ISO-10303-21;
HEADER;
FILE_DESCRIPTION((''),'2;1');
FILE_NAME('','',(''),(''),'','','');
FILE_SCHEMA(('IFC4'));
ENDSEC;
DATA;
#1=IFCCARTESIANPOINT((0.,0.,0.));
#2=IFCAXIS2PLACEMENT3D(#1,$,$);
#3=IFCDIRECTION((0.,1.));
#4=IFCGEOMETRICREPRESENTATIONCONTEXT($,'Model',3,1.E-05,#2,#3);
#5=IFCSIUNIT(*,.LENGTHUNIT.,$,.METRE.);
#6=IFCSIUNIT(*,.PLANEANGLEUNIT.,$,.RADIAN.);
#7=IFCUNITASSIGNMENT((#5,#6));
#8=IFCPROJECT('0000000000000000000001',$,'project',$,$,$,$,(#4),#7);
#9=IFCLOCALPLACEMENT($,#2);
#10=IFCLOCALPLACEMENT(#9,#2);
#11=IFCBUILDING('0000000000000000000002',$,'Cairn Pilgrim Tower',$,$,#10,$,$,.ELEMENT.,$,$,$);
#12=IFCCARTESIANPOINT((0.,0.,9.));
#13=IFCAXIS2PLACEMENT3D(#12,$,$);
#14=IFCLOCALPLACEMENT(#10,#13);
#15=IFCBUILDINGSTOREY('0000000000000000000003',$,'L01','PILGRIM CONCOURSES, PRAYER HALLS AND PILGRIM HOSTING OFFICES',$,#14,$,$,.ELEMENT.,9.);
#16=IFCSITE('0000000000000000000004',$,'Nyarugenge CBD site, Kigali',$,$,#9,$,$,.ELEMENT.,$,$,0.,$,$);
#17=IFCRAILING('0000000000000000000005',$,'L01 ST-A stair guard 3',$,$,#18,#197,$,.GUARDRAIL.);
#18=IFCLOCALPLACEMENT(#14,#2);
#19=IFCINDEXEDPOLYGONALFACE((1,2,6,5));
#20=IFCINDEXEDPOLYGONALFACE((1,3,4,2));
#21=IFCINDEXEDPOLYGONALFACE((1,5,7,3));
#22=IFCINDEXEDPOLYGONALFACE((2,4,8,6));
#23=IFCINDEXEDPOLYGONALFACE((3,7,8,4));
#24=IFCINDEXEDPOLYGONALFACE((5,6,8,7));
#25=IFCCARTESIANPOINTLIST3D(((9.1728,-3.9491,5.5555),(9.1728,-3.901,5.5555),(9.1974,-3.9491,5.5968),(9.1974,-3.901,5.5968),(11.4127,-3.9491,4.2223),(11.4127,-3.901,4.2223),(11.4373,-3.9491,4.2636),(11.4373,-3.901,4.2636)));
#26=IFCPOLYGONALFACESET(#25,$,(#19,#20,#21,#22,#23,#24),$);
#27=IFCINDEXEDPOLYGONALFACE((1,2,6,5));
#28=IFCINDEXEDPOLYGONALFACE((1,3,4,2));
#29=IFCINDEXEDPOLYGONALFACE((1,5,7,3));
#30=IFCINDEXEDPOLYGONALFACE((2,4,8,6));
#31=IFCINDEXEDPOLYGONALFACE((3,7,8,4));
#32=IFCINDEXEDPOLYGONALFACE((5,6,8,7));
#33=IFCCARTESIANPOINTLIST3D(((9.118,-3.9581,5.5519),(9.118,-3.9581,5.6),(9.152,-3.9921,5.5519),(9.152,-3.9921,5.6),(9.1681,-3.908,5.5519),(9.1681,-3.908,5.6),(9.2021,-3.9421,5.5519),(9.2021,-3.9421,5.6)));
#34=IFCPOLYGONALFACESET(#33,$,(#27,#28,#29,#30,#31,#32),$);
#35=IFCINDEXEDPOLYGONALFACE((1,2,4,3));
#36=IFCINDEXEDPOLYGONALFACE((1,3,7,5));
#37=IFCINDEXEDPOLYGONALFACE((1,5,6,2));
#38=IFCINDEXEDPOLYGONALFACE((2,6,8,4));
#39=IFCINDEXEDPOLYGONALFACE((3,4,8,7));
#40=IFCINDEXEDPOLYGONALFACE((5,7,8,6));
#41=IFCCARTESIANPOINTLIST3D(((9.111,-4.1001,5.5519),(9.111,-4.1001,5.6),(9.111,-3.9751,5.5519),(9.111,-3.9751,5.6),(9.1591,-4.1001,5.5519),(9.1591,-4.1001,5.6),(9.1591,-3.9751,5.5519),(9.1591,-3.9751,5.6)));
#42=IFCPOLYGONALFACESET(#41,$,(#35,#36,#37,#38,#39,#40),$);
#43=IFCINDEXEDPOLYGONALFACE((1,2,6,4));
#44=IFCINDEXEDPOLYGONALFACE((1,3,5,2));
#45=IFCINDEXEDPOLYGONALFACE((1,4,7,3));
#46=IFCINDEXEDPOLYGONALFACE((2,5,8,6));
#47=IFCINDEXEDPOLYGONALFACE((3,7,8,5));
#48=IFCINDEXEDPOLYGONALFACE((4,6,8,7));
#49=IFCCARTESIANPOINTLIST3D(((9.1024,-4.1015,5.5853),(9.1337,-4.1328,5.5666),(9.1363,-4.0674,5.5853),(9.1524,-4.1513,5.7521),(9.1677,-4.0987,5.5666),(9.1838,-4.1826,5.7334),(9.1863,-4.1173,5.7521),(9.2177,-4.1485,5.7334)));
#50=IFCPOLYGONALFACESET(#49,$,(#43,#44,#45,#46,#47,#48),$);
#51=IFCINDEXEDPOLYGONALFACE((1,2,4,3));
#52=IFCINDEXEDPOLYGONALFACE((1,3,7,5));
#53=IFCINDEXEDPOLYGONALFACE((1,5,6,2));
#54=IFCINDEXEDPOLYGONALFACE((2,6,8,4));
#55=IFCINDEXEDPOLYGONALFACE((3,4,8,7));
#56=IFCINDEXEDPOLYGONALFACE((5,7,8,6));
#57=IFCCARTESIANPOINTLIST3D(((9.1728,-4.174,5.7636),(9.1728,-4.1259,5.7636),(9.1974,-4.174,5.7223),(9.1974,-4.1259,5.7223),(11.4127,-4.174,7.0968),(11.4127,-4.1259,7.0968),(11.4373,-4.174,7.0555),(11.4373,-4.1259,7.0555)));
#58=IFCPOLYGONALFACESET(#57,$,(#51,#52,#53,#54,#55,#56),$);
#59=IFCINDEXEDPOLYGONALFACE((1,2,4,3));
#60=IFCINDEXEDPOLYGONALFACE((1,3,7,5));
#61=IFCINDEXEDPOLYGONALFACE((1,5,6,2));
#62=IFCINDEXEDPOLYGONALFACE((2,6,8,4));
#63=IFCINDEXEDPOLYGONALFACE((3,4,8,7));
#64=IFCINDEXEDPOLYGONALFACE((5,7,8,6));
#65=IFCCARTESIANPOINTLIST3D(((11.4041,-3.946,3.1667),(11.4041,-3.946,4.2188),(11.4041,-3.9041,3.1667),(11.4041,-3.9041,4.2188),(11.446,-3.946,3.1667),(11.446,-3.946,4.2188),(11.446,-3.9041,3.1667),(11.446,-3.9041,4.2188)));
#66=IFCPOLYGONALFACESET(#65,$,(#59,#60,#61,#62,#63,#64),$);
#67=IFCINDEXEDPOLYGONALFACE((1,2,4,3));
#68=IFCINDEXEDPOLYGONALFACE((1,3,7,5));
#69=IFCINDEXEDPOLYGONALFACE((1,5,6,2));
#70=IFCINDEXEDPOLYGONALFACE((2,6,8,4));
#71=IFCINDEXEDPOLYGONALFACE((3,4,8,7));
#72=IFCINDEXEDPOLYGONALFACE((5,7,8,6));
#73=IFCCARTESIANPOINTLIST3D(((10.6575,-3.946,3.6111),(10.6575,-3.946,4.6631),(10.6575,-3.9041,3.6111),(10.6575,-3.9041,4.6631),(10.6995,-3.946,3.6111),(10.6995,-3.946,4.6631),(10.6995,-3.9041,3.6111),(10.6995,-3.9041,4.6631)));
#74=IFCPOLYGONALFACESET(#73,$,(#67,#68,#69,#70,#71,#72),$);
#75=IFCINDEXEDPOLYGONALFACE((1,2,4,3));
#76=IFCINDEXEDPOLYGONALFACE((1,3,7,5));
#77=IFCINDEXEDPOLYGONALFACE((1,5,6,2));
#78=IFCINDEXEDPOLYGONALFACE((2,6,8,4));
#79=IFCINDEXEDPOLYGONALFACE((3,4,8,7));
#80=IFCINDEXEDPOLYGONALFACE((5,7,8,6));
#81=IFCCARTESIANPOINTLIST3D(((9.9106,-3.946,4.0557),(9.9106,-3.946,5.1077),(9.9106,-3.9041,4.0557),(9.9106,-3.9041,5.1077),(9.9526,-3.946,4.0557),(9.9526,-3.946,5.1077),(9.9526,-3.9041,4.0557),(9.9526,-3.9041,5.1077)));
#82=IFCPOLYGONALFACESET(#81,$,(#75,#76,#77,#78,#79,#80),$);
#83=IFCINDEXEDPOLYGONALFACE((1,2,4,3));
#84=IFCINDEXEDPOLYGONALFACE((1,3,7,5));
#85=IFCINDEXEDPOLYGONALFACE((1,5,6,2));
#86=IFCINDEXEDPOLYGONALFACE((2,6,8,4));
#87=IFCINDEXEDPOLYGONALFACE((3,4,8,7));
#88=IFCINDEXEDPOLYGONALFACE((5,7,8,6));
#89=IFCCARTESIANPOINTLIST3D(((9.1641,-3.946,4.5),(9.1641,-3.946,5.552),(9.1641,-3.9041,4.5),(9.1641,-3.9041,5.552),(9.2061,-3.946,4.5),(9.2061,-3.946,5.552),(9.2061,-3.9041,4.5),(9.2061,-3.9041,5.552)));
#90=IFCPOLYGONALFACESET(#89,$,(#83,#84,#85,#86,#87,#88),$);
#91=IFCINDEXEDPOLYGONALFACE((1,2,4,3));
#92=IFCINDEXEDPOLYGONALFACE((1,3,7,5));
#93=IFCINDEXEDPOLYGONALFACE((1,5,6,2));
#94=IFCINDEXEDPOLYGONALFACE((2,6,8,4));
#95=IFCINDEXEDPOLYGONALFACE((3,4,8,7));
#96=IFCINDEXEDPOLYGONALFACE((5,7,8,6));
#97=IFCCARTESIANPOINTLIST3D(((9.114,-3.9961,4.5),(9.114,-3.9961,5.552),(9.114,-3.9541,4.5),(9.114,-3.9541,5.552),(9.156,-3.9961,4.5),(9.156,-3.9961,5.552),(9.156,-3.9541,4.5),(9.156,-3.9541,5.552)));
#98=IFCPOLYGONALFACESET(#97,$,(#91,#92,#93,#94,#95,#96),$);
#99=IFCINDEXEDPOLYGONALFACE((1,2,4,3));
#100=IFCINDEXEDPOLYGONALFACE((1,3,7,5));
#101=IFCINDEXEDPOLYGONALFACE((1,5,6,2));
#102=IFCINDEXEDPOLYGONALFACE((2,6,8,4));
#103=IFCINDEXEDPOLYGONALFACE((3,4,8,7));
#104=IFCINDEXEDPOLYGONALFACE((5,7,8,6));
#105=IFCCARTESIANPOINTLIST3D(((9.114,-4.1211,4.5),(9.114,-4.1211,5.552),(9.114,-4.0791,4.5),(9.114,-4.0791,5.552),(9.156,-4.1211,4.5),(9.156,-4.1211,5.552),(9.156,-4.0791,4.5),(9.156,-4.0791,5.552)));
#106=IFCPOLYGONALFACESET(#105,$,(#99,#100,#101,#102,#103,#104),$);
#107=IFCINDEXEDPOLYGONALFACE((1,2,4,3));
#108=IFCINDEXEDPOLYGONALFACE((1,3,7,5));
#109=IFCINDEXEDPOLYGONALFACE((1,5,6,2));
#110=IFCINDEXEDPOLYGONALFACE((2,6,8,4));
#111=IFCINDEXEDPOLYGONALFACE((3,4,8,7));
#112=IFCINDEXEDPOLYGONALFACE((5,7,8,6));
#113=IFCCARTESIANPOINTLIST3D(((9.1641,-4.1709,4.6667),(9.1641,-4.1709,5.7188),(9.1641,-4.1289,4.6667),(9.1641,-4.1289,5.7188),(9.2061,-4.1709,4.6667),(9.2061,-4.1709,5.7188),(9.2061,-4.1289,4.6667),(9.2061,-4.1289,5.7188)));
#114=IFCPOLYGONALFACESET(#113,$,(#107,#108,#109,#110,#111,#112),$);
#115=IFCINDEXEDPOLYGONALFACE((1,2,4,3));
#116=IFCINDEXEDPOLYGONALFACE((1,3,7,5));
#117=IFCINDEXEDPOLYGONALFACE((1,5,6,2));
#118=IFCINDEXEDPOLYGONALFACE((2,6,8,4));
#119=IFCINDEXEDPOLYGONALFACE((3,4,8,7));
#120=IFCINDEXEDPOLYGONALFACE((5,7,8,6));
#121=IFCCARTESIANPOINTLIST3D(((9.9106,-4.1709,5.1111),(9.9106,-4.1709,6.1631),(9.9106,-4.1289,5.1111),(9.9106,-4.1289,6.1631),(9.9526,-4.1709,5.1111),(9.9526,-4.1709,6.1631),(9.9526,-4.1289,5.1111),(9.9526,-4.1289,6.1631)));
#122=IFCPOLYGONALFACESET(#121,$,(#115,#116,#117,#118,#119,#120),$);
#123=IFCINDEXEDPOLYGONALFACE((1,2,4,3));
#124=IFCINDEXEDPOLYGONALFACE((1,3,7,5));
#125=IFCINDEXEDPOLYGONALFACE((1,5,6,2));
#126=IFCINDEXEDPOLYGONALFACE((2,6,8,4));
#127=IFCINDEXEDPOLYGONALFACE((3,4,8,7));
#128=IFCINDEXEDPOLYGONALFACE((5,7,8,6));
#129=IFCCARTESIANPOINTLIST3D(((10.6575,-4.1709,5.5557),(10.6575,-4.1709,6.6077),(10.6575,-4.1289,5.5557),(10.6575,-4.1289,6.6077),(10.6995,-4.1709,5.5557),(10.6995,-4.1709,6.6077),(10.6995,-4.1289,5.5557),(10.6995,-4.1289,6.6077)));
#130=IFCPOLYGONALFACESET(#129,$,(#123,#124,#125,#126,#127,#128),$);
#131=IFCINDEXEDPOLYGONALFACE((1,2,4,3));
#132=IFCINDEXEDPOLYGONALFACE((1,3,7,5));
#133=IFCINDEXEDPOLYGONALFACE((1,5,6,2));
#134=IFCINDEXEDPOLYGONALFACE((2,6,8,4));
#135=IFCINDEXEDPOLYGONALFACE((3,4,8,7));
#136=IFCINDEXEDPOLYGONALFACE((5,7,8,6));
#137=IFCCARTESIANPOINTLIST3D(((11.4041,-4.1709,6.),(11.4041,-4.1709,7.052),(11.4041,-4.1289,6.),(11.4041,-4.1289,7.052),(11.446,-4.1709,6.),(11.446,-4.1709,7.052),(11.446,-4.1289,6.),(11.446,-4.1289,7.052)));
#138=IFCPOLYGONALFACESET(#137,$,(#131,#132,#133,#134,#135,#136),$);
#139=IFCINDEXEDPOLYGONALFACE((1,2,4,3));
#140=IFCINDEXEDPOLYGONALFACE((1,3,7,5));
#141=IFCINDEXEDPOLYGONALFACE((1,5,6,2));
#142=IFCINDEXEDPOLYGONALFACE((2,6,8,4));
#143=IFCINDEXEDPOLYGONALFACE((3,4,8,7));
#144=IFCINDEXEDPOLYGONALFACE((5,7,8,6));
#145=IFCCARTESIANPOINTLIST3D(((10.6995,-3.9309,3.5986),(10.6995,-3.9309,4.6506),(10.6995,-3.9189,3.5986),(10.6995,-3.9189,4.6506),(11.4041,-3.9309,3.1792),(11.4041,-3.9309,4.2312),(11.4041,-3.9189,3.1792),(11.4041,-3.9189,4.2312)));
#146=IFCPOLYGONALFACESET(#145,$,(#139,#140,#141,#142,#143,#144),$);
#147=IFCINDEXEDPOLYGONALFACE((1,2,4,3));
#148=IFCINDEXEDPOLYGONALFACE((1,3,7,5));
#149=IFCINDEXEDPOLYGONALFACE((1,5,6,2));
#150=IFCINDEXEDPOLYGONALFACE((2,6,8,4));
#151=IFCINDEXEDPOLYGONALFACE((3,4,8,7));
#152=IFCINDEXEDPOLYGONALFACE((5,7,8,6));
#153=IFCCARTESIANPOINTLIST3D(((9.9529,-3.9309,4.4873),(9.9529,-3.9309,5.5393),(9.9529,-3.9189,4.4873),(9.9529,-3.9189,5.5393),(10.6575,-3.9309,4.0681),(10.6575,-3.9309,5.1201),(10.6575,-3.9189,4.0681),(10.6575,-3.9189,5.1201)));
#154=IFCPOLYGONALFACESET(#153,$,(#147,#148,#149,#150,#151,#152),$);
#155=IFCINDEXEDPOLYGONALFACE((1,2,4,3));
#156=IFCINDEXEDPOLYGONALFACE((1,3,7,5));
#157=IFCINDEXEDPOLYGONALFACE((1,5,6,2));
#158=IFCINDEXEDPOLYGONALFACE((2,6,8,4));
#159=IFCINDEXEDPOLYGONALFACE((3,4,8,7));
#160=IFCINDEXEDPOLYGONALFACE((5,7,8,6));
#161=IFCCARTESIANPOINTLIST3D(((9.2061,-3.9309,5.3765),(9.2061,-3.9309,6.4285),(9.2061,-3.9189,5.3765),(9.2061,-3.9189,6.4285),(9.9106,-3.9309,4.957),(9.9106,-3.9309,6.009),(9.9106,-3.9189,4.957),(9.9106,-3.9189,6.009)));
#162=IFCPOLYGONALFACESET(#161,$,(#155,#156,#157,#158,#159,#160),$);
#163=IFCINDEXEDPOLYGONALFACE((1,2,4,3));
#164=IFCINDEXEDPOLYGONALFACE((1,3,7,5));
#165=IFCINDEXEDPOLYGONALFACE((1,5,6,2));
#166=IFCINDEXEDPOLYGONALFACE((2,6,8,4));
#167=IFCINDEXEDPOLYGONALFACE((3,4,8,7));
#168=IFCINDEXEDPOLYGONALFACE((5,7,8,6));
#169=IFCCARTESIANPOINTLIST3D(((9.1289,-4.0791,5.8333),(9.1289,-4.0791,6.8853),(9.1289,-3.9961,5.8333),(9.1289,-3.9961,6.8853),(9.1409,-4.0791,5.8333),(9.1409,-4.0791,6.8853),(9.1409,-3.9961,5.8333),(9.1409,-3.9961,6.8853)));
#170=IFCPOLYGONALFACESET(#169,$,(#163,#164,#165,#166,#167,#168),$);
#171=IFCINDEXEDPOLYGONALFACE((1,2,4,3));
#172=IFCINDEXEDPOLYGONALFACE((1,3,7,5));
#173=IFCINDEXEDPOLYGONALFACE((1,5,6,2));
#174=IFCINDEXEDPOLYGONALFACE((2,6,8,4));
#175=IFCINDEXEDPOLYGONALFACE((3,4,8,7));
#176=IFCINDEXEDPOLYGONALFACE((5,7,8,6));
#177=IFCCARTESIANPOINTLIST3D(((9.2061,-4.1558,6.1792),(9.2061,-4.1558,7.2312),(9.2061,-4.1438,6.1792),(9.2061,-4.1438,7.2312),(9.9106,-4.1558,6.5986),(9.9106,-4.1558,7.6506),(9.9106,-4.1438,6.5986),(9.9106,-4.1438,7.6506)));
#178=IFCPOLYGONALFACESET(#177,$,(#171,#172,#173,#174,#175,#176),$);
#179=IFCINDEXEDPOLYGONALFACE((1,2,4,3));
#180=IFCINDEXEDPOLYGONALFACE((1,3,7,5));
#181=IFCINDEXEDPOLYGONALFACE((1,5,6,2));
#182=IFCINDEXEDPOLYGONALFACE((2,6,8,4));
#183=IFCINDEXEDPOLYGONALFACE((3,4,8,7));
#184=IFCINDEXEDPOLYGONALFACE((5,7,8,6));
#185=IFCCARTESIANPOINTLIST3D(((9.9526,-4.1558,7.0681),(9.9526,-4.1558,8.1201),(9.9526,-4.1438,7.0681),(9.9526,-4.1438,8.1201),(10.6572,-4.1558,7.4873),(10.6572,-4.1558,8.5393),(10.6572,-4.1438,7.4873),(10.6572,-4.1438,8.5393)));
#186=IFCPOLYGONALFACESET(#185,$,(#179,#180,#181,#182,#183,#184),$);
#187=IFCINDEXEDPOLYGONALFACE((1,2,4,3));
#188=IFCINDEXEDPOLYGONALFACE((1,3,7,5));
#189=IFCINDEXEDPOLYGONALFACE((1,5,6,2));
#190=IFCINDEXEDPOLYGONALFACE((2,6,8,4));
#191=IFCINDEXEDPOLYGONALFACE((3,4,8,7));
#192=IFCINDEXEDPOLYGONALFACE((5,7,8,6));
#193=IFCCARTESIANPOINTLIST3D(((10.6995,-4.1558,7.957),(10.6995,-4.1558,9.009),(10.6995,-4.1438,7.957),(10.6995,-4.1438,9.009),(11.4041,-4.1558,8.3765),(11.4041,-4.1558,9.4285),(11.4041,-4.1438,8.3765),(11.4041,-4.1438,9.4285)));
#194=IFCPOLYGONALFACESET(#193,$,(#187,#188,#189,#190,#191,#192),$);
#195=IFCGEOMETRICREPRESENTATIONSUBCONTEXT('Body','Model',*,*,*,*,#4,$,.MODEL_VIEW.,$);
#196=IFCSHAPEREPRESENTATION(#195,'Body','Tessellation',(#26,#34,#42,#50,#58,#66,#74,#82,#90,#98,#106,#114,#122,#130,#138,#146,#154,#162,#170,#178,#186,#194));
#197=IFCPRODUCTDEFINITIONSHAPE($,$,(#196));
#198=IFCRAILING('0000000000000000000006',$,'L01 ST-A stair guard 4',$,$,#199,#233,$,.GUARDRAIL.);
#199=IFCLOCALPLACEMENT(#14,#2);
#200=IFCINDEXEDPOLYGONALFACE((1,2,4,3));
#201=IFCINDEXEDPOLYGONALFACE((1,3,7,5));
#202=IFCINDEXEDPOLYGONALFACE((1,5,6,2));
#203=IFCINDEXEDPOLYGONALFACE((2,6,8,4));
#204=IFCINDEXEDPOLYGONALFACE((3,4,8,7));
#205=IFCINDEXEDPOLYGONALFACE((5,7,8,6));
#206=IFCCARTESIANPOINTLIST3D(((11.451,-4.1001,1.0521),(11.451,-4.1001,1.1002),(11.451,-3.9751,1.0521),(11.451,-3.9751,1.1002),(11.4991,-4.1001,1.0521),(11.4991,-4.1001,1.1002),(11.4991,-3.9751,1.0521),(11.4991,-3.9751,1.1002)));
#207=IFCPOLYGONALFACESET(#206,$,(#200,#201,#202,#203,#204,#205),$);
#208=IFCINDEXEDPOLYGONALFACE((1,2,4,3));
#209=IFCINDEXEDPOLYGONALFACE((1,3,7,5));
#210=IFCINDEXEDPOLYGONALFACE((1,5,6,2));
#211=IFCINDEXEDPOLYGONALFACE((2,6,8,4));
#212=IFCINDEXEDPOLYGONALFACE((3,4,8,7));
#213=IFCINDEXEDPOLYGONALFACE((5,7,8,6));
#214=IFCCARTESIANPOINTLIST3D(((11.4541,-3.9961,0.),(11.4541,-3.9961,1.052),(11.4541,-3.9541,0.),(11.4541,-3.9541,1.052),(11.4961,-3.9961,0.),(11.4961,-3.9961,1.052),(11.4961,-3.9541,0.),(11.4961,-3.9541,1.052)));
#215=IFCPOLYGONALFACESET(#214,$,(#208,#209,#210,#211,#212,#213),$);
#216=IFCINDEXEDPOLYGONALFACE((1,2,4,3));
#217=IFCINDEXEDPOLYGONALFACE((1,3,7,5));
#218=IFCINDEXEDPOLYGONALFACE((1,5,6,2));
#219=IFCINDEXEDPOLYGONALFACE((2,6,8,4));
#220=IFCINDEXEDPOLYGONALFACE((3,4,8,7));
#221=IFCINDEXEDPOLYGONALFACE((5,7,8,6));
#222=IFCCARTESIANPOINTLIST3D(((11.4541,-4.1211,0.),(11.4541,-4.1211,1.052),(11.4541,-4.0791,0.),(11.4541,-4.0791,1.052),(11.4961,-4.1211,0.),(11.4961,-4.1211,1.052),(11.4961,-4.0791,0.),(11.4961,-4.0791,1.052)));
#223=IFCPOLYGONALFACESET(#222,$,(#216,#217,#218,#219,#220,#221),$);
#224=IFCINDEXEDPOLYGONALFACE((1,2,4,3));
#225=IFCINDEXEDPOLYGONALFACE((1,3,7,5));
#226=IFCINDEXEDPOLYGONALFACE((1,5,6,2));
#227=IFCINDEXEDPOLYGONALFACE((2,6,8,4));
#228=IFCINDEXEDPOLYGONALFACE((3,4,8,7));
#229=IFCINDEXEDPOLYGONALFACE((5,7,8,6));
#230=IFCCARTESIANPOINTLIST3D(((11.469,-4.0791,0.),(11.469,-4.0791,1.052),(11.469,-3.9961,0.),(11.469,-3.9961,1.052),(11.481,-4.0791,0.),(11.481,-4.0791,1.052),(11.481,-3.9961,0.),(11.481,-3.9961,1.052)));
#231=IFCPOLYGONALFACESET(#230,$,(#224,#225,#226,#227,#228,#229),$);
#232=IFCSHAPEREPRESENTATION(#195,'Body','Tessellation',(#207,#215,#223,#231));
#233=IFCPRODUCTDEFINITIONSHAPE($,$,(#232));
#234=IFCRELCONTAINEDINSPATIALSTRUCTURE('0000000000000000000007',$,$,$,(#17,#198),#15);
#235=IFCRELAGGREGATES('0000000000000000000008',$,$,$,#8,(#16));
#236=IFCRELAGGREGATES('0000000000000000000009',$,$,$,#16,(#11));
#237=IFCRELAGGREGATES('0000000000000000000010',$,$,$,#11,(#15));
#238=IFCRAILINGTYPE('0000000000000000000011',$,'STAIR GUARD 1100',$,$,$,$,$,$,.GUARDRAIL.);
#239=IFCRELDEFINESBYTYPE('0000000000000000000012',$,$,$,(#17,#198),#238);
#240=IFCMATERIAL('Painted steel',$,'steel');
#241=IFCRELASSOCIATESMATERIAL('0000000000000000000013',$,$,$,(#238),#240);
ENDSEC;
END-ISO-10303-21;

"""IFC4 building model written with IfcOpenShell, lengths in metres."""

from ifc_helpers import new_model, si_unit, direction, frame, origin, origin_2d, place, context, subcontext, project, spatial, polyline, rectangle, outline, extrude, material, type_object, element, save


model = new_model("IFC4")

# Units and contexts
model_context = context("Model", 3, precision=1e-05, world=origin(), true_north=direction((0.0, 1.0)))
body_context = subcontext(model_context, "Body", "Model", "MODEL_VIEW")
ifc_project = project(units=[si_unit("LENGTHUNIT", "METRE"), si_unit("PLANEANGLEUNIT", "RADIAN")], contexts=[model_context])

# Site, building, storey
site_placement = place(None, origin())
site = spatial("IfcSite", under=ifc_project, at=site_placement, Name="Nyarugenge CBD site, Kigali", CompositionType="ELEMENT", RefElevation=0.0)
building_placement = place(site_placement, origin())
building = spatial("IfcBuilding", under=site, at=building_placement, Name="Cairn Pilgrim Tower", CompositionType="ELEMENT")
storey_placement = place(building_placement, frame((0.0, 0.0, 9.0)))
storey = spatial("IfcBuildingStorey", under=building, at=storey_placement, Name="L01", Description="PILGRIM CONCOURSES, PRAYER HALLS AND PILGRIM HOSTING OFFICES", CompositionType="ELEMENT", Elevation=9.0)

# Shared definitions
ifc_material_1 = material(Name="Painted steel", Category="steel")

# Railings
railing_type_1 = type_object("IfcRailingType", Name="STAIR GUARD 1100", PredefinedType="GUARDRAIL", material=ifc_material_1)
railing_1_placement = place(storey_placement, frame((11.425, -3.925, 3.1667)))
element("IfcRailing", 1, at=railing_1_placement, inside=storey, type_object=railing_type_1, Name="L01 ST-A stair guard 3", PredefinedType="GUARDRAIL", context=body_context, shape_type="SweptSolid", body=[
    extrude(rectangle(XDim=0.0481, YDim=0.0481, at=origin_2d()), frame((0.0, 0.0, 1.0762), z_axis=(-0.859306, 0.0, 0.511462), x_axis=(0.0, -1.0, 0.0)), (0.0, 0.0, 1.0), 2.6067),
    extrude(rectangle(XDim=0.0481, YDim=0.0481, at=origin_2d()), frame((-2.24, 0.0, 2.4092), z_axis=(-0.707107, -0.707107, 0.0), x_axis=(0.707107, -0.707107, 0.0)), (0.0, 0.0, 1.0), 0.0708),
    extrude(rectangle(XDim=0.0481, YDim=0.0481, at=origin_2d()), frame((-2.29, -0.05, 2.4092), z_axis=(0.0, -1.0, 0.0), x_axis=(1.0, 0.0, 0.0)), (0.0, 0.0, 1.0), 0.125),
    extrude(rectangle(XDim=0.0481, YDim=0.0481, at=origin_2d()), frame((-2.29, -0.175, 2.4092), z_axis=(0.276389, -0.275041, 0.920848), x_axis=(0.705376, 0.708834, 0.0)), (0.0, 0.0, 1.0), 0.1812),
    extrude(rectangle(XDim=0.0481, YDim=0.0481, at=origin_2d()), frame((-2.24, -0.2249, 2.5762), z_axis=(0.859306, 0.0, 0.511462), x_axis=(0.0, 1.0, 0.0)), (0.0, 0.0, 1.0), 2.6067),
    extrude(rectangle(XDim=0.042, YDim=0.042, at=origin_2d()), origin(), (0.0, 0.0, 1.0), 1.052),
    extrude(rectangle(XDim=0.042, YDim=0.042, at=origin_2d()), frame((-0.7466, 0.0, 0.4443)), (0.0, 0.0, 1.0), 1.052),
    extrude(rectangle(XDim=0.042, YDim=0.042, at=origin_2d()), frame((-1.4934, 0.0, 0.8889)), (0.0, 0.0, 1.0), 1.052),
    extrude(rectangle(XDim=0.042, YDim=0.042, at=origin_2d()), frame((-2.24, 0.0, 1.3333)), (0.0, 0.0, 1.0), 1.052),
    extrude(rectangle(XDim=0.042, YDim=0.042, at=origin_2d()), frame((-2.29, -0.05, 1.3333)), (0.0, 0.0, 1.0), 1.052),
    extrude(rectangle(XDim=0.042, YDim=0.042, at=origin_2d()), frame((-2.29, -0.175, 1.3333)), (0.0, 0.0, 1.0), 1.052),
    extrude(rectangle(XDim=0.042, YDim=0.042, at=origin_2d()), frame((-2.24, -0.2249, 1.5)), (0.0, 0.0, 1.0), 1.052),
    extrude(rectangle(XDim=0.042, YDim=0.042, at=origin_2d()), frame((-1.4934, -0.2249, 1.9443)), (0.0, 0.0, 1.0), 1.052),
    extrude(rectangle(XDim=0.042, YDim=0.042, at=origin_2d()), frame((-0.7466, -0.2249, 2.3889)), (0.0, 0.0, 1.0), 1.052),
    extrude(rectangle(XDim=0.042, YDim=0.042, at=origin_2d()), frame((0.0, -0.2249, 2.8333)), (0.0, 0.0, 1.0), 1.052),
    extrude(outline(polyline([(0.021, 0.0125), (0.7256, 0.4319), (0.7256, 1.4839), (0.021, 1.0645), (0.021, 0.0125)])), frame((0.0, -0.0059, 0.0), z_axis=(0.0, 1.0, 0.0), x_axis=(-1.0, 0.0, 0.0)), (0.0, 0.0, 1.0), 0.012),
    extrude(outline(polyline([(0.021, 0.457), (0.7256, 0.8762), (0.7256, 1.9282), (0.021, 1.509), (0.021, 0.457)])), frame((-0.7466, -0.0059, 0.4443), z_axis=(0.0, 1.0, 0.0), x_axis=(-1.0, 0.0, 0.0)), (0.0, 0.0, 1.0), 0.012),
    extrude(outline(polyline([(0.021, 0.9014), (0.7256, 1.3208), (0.7256, 2.3728), (0.021, 1.9534), (0.021, 0.9014)])), frame((-1.4934, -0.0059, 0.8889), z_axis=(0.0, 1.0, 0.0), x_axis=(-1.0, 0.0, 0.0)), (0.0, 0.0, 1.0), 0.012),
    extrude(outline(polyline([(0.021, 1.3333), (0.104, 1.3333), (0.104, 2.3853), (0.021, 2.3853), (0.021, 1.3333)])), frame((-2.2842, -0.05, 1.3333), z_axis=(-1.0, 0.0, 0.0), x_axis=(0.0, -1.0, 0.0)), (0.0, 0.0, 1.0), 0.012),
    extrude(outline(polyline([(0.021, 1.5125), (0.7256, 1.9319), (0.7256, 2.9839), (0.021, 2.5645), (0.021, 1.5125)])), frame((-2.24, -0.2188, 1.5), z_axis=(0.0, -1.0, 0.0), x_axis=(1.0, 0.0, 0.0)), (0.0, 0.0, 1.0), 0.012),
    extrude(outline(polyline([(0.021, 1.957), (0.7256, 2.3762), (0.7256, 3.4282), (0.021, 3.009), (0.021, 1.957)])), frame((-1.4934, -0.2188, 1.9443), z_axis=(0.0, -1.0, 0.0), x_axis=(1.0, 0.0, 0.0)), (0.0, 0.0, 1.0), 0.012),
    extrude(outline(polyline([(0.021, 2.4014), (0.7256, 2.8208), (0.7256, 3.8728), (0.021, 3.4534), (0.021, 2.4014)])), frame((-0.7466, -0.2188, 2.3889), z_axis=(0.0, -1.0, 0.0), x_axis=(1.0, 0.0, 0.0)), (0.0, 0.0, 1.0), 0.012),
])
railing_2_placement = place(storey_placement, frame((11.4751, -3.9751, 0.0)))
element("IfcRailing", 2, at=railing_2_placement, inside=storey, type_object=railing_type_1, Name="L01 ST-A stair guard 4", PredefinedType="GUARDRAIL", context=body_context, shape_type="SweptSolid", body=[
    extrude(rectangle(XDim=0.0481, YDim=0.0481, at=origin_2d()), frame((0.0, 0.0, 1.0762), z_axis=(0.0, -1.0, 0.0), x_axis=(1.0, 0.0, 0.0)), (0.0, 0.0, 1.0), 0.125),
    extrude(rectangle(XDim=0.042, YDim=0.042, at=origin_2d()), origin(), (0.0, 0.0, 1.0), 1.052),
    extrude(rectangle(XDim=0.042, YDim=0.042, at=origin_2d()), frame((0.0, -0.125, 0.0)), (0.0, 0.0, 1.0), 1.052),
    extrude(outline(polyline([(0.021, 0.0), (0.104, 0.0), (0.104, 1.052), (0.021, 1.052), (0.021, 0.0)])), frame((0.0059, 0.0, 0.0), z_axis=(-1.0, 0.0, 0.0), x_axis=(0.0, -1.0, 0.0)), (0.0, 0.0, 1.0), 0.012),
])

save(model, "model.ifc")
